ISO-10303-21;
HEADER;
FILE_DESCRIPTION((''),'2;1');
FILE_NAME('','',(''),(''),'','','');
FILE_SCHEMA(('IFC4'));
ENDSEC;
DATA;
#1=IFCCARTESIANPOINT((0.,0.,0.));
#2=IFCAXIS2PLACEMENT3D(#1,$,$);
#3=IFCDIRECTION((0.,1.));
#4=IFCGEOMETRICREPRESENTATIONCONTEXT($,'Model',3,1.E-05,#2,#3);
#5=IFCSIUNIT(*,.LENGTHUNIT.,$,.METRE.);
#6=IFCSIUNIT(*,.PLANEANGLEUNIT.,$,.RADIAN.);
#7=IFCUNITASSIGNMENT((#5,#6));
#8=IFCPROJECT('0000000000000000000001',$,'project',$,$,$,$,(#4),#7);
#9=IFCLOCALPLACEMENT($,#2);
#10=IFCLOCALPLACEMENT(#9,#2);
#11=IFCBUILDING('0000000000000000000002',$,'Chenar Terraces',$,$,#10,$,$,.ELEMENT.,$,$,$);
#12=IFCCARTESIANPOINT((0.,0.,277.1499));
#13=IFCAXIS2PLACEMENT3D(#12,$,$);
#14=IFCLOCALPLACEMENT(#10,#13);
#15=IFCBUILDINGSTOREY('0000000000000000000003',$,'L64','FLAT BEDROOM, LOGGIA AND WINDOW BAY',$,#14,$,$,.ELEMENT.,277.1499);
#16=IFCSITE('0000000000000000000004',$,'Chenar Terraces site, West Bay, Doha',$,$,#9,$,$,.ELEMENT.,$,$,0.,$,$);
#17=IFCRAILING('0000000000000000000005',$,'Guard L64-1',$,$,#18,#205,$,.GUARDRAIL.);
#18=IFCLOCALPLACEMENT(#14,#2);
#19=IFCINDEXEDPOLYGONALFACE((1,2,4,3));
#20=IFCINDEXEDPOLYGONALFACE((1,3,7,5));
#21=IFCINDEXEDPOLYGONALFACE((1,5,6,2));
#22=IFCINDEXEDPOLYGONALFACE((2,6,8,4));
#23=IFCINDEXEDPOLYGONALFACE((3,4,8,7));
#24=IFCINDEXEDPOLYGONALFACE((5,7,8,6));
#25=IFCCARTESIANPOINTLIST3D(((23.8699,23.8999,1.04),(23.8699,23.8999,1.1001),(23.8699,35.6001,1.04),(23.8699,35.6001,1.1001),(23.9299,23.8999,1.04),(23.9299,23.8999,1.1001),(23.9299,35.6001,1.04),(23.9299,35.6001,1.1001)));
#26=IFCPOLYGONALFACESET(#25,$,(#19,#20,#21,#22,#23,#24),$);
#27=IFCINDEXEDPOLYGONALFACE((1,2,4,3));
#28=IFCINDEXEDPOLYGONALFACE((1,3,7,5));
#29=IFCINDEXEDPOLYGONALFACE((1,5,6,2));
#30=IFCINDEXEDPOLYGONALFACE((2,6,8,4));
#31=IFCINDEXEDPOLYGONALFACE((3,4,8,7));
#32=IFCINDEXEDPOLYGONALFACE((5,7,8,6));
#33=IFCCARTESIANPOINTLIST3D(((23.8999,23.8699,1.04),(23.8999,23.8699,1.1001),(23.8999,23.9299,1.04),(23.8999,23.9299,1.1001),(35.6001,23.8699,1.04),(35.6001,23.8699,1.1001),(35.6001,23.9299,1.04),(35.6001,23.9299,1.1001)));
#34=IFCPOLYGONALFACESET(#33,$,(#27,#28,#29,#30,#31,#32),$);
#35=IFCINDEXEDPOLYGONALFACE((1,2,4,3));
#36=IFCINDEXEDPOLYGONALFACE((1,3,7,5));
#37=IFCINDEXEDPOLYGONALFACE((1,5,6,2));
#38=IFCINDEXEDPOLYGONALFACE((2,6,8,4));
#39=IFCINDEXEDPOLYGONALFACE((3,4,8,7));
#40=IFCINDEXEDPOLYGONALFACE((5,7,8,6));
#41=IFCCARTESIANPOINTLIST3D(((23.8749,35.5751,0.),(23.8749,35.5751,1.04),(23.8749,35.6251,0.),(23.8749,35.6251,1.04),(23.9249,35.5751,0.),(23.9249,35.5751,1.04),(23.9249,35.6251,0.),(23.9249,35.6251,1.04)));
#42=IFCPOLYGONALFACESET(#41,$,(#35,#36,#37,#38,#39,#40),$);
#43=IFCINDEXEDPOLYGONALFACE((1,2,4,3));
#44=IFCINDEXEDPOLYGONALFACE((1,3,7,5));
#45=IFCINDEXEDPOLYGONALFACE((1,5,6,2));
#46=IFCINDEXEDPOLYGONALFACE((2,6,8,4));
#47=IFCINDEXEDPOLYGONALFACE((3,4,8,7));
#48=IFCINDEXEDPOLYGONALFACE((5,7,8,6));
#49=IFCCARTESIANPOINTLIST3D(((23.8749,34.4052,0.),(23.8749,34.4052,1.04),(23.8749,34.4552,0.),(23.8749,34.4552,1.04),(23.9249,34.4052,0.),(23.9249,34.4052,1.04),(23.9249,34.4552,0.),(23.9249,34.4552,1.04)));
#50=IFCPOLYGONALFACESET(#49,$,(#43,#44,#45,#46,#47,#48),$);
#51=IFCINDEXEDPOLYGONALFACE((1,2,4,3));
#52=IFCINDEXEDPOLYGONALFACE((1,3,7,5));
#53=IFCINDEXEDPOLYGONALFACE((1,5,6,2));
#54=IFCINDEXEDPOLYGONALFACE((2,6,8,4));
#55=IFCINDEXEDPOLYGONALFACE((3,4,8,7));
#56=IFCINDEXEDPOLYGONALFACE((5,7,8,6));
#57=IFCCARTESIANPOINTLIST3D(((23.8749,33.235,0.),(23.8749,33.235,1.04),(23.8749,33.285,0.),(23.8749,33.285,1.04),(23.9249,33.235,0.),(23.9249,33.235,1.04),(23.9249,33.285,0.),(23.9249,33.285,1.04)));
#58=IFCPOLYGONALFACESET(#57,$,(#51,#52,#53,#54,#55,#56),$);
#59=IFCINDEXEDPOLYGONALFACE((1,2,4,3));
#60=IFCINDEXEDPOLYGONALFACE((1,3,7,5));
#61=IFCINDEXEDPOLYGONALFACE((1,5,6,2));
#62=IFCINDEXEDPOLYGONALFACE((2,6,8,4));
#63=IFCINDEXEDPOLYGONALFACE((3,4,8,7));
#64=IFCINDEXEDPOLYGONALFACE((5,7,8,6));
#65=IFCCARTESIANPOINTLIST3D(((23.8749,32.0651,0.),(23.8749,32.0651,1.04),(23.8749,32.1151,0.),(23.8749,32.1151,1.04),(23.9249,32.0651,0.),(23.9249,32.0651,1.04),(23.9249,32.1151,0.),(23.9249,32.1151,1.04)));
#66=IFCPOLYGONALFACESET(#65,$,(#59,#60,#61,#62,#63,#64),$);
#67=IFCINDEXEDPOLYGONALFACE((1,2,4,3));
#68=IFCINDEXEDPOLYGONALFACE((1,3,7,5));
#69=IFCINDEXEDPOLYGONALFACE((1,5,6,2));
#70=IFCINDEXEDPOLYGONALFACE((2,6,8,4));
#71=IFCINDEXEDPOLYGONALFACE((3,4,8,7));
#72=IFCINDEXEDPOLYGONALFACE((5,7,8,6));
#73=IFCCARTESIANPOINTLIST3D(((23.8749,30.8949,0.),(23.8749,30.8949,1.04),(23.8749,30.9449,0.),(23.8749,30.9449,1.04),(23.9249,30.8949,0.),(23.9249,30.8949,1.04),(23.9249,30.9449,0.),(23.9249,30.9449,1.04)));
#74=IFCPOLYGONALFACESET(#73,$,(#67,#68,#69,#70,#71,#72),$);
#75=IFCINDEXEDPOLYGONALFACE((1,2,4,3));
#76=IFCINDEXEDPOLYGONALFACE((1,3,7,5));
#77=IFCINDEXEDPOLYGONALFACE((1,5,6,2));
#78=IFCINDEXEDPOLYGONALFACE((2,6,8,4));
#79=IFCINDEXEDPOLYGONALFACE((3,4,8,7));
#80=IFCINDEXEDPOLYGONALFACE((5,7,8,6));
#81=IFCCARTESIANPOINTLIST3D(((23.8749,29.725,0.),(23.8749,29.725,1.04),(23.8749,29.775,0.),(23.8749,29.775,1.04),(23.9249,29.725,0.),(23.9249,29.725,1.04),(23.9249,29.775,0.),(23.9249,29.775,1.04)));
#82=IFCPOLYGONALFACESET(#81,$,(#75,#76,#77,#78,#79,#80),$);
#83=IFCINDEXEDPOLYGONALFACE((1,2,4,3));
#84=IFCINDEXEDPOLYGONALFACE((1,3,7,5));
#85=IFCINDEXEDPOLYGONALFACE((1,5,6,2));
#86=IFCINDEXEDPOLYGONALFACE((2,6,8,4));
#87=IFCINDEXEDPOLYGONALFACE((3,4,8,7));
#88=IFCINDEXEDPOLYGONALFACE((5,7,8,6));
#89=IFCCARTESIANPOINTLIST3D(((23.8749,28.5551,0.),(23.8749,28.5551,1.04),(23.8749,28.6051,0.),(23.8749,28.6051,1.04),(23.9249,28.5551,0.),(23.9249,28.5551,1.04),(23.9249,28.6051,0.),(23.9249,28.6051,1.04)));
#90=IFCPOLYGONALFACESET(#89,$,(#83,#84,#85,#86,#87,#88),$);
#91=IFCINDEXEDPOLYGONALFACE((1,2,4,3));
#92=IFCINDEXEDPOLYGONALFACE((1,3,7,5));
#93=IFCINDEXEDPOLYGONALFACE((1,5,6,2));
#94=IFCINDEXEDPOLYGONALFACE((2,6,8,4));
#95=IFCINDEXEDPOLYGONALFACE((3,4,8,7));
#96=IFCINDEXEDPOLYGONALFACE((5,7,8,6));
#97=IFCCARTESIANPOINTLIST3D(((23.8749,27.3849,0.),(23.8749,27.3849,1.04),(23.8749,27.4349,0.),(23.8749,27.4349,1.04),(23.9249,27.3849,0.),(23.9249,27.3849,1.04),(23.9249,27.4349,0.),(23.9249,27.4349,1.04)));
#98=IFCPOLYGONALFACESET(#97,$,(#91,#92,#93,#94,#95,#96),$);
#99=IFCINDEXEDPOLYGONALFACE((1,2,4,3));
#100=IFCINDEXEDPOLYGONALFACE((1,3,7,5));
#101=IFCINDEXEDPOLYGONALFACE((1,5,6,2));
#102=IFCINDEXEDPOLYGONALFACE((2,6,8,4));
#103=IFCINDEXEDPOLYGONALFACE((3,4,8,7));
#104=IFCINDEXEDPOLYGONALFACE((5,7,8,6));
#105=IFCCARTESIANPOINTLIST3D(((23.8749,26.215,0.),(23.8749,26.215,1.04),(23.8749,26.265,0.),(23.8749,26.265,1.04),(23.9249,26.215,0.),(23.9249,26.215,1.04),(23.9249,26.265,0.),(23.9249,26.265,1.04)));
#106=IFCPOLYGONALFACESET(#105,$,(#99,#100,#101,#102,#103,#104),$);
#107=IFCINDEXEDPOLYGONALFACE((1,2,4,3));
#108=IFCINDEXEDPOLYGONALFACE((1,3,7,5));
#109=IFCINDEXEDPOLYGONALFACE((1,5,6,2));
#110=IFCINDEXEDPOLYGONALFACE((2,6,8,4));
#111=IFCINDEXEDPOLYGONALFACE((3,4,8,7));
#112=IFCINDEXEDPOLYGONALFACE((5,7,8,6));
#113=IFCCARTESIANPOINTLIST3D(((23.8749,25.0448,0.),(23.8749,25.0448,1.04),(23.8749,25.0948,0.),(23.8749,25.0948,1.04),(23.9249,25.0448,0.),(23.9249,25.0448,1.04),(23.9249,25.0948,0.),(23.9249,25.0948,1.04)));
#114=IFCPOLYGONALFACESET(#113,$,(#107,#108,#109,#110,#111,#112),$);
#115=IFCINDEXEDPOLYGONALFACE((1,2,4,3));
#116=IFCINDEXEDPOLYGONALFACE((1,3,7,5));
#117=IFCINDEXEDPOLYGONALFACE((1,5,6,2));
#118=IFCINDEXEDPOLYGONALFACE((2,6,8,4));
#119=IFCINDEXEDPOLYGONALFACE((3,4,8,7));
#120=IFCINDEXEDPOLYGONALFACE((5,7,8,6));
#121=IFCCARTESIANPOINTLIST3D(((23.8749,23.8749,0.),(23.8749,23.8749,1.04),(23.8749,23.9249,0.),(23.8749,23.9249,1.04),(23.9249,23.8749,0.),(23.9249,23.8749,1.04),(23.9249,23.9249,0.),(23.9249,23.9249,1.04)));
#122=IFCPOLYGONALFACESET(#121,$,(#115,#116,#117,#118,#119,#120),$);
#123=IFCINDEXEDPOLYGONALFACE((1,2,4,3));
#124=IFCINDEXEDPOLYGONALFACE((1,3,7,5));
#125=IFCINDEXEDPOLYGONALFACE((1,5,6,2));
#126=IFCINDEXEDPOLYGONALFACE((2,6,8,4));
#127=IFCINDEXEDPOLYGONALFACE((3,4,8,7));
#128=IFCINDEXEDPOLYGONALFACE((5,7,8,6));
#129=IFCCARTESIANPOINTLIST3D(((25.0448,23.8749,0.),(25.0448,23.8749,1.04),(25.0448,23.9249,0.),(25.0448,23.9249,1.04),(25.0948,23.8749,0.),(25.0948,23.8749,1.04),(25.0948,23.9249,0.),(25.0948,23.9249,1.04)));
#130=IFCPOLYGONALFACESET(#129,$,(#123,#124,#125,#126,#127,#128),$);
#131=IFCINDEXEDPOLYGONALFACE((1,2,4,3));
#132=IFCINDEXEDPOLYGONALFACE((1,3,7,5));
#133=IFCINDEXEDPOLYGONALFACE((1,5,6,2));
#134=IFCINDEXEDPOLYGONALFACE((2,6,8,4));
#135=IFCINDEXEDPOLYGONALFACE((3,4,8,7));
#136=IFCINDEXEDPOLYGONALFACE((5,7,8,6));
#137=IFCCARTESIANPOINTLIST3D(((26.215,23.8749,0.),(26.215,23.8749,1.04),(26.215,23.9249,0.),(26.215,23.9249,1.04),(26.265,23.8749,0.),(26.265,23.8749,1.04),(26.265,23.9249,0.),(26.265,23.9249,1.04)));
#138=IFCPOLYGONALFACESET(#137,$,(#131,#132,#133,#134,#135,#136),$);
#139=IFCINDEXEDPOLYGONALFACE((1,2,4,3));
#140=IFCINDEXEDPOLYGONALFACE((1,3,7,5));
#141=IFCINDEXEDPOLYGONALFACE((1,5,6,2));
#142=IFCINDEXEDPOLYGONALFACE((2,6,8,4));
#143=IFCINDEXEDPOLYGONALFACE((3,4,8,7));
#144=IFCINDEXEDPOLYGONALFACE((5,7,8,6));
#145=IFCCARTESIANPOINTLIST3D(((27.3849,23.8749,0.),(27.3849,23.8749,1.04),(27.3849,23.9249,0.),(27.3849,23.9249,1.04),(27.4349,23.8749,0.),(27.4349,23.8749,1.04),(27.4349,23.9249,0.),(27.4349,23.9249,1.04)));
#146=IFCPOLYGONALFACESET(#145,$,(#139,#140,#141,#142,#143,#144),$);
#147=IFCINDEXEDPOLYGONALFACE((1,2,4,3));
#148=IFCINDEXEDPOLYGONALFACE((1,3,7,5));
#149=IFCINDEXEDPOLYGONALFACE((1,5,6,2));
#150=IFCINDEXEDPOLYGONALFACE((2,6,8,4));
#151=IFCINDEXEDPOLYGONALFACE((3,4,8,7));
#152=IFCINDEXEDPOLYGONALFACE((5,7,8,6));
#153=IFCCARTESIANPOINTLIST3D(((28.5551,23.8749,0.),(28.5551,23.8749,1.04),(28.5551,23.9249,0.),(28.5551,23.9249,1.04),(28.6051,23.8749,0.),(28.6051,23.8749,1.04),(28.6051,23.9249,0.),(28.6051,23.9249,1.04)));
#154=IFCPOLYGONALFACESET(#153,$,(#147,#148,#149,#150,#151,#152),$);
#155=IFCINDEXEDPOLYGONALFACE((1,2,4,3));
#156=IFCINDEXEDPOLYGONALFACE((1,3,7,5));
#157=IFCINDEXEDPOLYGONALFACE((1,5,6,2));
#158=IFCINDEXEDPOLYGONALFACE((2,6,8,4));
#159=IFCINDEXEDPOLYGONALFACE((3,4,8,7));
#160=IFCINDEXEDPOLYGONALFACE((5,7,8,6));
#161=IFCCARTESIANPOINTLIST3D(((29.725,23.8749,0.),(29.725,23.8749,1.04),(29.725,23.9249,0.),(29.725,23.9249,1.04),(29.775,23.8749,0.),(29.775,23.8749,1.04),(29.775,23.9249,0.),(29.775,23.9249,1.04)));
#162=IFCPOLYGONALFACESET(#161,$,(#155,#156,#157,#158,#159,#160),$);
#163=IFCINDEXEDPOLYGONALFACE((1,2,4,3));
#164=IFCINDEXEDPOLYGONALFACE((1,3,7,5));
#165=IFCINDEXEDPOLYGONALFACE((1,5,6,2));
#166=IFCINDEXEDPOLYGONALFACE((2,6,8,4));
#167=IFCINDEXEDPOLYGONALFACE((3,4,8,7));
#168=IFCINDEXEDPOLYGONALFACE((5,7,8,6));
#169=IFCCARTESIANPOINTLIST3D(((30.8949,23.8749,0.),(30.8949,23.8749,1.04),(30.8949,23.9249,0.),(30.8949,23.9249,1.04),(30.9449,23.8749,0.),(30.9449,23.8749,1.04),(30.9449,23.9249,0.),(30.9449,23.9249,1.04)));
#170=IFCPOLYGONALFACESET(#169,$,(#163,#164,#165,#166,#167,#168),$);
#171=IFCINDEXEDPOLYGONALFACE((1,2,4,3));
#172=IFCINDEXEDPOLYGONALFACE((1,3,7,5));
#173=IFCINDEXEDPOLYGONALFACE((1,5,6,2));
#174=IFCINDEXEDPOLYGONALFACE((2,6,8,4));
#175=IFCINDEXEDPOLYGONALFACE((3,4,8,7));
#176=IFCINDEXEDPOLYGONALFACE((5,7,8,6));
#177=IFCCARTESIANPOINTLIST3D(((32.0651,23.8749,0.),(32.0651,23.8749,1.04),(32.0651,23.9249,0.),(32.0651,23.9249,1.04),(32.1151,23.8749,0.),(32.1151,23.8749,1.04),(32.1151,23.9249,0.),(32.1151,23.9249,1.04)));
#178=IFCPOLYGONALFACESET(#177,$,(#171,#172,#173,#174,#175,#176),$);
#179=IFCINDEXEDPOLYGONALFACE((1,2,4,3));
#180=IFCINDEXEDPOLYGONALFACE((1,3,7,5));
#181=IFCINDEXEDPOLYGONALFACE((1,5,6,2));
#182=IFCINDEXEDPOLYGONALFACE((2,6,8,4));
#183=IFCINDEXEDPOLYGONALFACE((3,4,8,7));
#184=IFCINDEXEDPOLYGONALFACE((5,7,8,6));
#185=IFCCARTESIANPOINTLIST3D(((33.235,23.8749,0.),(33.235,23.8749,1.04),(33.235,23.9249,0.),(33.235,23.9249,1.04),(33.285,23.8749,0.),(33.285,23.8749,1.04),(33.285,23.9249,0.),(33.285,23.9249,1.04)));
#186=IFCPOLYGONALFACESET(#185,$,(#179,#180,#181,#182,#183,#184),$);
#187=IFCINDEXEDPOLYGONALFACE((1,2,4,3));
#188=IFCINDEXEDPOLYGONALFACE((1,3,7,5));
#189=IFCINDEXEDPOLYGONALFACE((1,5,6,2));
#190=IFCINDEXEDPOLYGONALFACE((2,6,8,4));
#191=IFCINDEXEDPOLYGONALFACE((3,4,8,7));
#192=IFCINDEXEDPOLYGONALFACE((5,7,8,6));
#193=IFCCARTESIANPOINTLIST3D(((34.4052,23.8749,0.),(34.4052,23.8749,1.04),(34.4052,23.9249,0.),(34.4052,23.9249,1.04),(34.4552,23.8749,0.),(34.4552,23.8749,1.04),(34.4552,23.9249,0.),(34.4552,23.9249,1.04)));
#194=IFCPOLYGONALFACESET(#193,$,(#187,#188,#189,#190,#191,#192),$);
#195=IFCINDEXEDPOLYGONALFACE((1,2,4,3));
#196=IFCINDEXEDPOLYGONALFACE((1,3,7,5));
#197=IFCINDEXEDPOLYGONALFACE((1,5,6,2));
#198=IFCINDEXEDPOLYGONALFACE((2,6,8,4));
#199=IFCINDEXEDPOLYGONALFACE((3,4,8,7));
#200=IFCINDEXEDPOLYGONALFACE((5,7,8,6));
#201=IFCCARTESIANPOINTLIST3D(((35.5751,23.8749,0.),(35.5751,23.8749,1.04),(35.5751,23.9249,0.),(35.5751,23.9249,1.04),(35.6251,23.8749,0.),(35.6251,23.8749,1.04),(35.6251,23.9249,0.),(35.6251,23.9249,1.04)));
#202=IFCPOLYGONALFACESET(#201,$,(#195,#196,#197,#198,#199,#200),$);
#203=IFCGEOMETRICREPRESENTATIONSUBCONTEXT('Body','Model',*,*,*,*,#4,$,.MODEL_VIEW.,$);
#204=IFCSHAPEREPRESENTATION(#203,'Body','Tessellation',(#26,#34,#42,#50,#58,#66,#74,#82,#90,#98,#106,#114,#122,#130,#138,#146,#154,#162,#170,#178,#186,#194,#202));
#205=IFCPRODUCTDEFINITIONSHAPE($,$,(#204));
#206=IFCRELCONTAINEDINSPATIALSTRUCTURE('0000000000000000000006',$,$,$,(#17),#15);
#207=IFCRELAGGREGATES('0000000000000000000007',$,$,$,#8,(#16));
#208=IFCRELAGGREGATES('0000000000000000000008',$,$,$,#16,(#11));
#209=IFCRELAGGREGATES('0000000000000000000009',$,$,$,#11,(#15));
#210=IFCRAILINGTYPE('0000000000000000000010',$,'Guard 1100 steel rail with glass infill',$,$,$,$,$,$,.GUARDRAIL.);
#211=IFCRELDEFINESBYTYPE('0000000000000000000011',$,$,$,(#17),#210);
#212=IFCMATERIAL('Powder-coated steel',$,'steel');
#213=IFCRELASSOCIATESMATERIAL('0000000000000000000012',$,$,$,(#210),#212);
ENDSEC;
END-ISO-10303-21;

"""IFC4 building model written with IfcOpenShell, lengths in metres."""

from ifc_helpers import new_model, si_unit, direction, frame, origin, origin_2d, place, context, subcontext, project, spatial, rectangle, extrude, material, type_object, element, save


model = new_model("IFC4")

# Units and contexts
model_context = context("Model", 3, precision=1e-05, world=origin(), true_north=direction((0.0, 1.0)))
body_context = subcontext(model_context, "Body", "Model", "MODEL_VIEW")
ifc_project = project(units=[si_unit("LENGTHUNIT", "METRE"), si_unit("PLANEANGLEUNIT", "RADIAN")], contexts=[model_context])

# Site, building, storey
site_placement = place(None, origin())
site = spatial("IfcSite", under=ifc_project, at=site_placement, Name="Chenar Terraces site, West Bay, Doha", CompositionType="ELEMENT", RefElevation=0.0)
building_placement = place(site_placement, origin())
building = spatial("IfcBuilding", under=site, at=building_placement, Name="Chenar Terraces", CompositionType="ELEMENT")
storey_placement = place(building_placement, frame((0.0, 0.0, 277.1499)))
storey = spatial("IfcBuildingStorey", under=building, at=storey_placement, Name="L64", Description="FLAT BEDROOM, LOGGIA AND WINDOW BAY", CompositionType="ELEMENT", Elevation=277.1499)

# Railing
ifc_material_1 = material(Name="Powder-coated steel", Category="steel")
railing_type = type_object("IfcRailingType", Name="Guard 1100 steel rail with glass infill", PredefinedType="GUARDRAIL", material=ifc_material_1)
railing_placement = place(storey_placement, frame((23.8999, 35.6001, 0.0)))
element("IfcRailing", 1, at=railing_placement, inside=storey, type_object=railing_type, Name="Guard L64-1", PredefinedType="GUARDRAIL", context=body_context, shape_type="SweptSolid", body=[
    extrude(rectangle(XDim=0.0601, YDim=0.0601, at=origin_2d()), frame((0.0, 0.0, 1.0701), z_axis=(0.0, -1.0, 0.0), x_axis=(1.0, 0.0, 0.0)), (0.0, 0.0, 1.0), 11.7002),
    extrude(rectangle(XDim=0.0601, YDim=0.0601, at=origin_2d()), frame((0.0, -11.7002, 1.0701), z_axis=(1.0, 0.0, 0.0), x_axis=(0.0, 1.0, 0.0)), (0.0, 0.0, 1.0), 11.7002),
    extrude(rectangle(XDim=0.05, YDim=0.05, at=origin_2d()), origin(), (0.0, 0.0, 1.0), 1.04),
    extrude(rectangle(XDim=0.05, YDim=0.05, at=origin_2d()), frame((0.0, -1.1699, 0.0)), (0.0, 0.0, 1.0), 1.04),
    extrude(rectangle(XDim=0.05, YDim=0.05, at=origin_2d()), frame((0.0, -2.3401, 0.0)), (0.0, 0.0, 1.0), 1.04),
    extrude(rectangle(XDim=0.05, YDim=0.05, at=origin_2d()), frame((0.0, -3.51, 0.0)), (0.0, 0.0, 1.0), 1.04),
    extrude(rectangle(XDim=0.05, YDim=0.05, at=origin_2d()), frame((0.0, -4.6802, 0.0)), (0.0, 0.0, 1.0), 1.04),
    extrude(rectangle(XDim=0.05, YDim=0.05, at=origin_2d()), frame((0.0, -5.8501, 0.0)), (0.0, 0.0, 1.0), 1.04),
    extrude(rectangle(XDim=0.05, YDim=0.05, at=origin_2d()), frame((0.0, -7.02, 0.0)), (0.0, 0.0, 1.0), 1.04),
    extrude(rectangle(XDim=0.05, YDim=0.05, at=origin_2d()), frame((0.0, -8.1902, 0.0)), (0.0, 0.0, 1.0), 1.04),
    extrude(rectangle(XDim=0.05, YDim=0.05, at=origin_2d()), frame((0.0, -9.3601, 0.0)), (0.0, 0.0, 1.0), 1.04),
    extrude(rectangle(XDim=0.05, YDim=0.05, at=origin_2d()), frame((0.0, -10.5303, 0.0)), (0.0, 0.0, 1.0), 1.04),
    extrude(rectangle(XDim=0.05, YDim=0.05, at=origin_2d()), frame((0.0, -11.7002, 0.0)), (0.0, 0.0, 1.0), 1.04),
    extrude(rectangle(XDim=0.05, YDim=0.05, at=origin_2d()), frame((1.1699, -11.7002, 0.0)), (0.0, 0.0, 1.0), 1.04),
    extrude(rectangle(XDim=0.05, YDim=0.05, at=origin_2d()), frame((2.3401, -11.7002, 0.0)), (0.0, 0.0, 1.0), 1.04),
    extrude(rectangle(XDim=0.05, YDim=0.05, at=origin_2d()), frame((3.51, -11.7002, 0.0)), (0.0, 0.0, 1.0), 1.04),
    extrude(rectangle(XDim=0.05, YDim=0.05, at=origin_2d()), frame((4.6802, -11.7002, 0.0)), (0.0, 0.0, 1.0), 1.04),
    extrude(rectangle(XDim=0.05, YDim=0.05, at=origin_2d()), frame((5.8501, -11.7002, 0.0)), (0.0, 0.0, 1.0), 1.04),
    extrude(rectangle(XDim=0.05, YDim=0.05, at=origin_2d()), frame((7.02, -11.7002, 0.0)), (0.0, 0.0, 1.0), 1.04),
    extrude(rectangle(XDim=0.05, YDim=0.05, at=origin_2d()), frame((8.1902, -11.7002, 0.0)), (0.0, 0.0, 1.0), 1.04),
    extrude(rectangle(XDim=0.05, YDim=0.05, at=origin_2d()), frame((9.3601, -11.7002, 0.0)), (0.0, 0.0, 1.0), 1.04),
    extrude(rectangle(XDim=0.05, YDim=0.05, at=origin_2d()), frame((10.5303, -11.7002, 0.0)), (0.0, 0.0, 1.0), 1.04),
    extrude(rectangle(XDim=0.05, YDim=0.05, at=origin_2d()), frame((11.7002, -11.7002, 0.0)), (0.0, 0.0, 1.0), 1.04),
])

save(model, "model.ifc")
